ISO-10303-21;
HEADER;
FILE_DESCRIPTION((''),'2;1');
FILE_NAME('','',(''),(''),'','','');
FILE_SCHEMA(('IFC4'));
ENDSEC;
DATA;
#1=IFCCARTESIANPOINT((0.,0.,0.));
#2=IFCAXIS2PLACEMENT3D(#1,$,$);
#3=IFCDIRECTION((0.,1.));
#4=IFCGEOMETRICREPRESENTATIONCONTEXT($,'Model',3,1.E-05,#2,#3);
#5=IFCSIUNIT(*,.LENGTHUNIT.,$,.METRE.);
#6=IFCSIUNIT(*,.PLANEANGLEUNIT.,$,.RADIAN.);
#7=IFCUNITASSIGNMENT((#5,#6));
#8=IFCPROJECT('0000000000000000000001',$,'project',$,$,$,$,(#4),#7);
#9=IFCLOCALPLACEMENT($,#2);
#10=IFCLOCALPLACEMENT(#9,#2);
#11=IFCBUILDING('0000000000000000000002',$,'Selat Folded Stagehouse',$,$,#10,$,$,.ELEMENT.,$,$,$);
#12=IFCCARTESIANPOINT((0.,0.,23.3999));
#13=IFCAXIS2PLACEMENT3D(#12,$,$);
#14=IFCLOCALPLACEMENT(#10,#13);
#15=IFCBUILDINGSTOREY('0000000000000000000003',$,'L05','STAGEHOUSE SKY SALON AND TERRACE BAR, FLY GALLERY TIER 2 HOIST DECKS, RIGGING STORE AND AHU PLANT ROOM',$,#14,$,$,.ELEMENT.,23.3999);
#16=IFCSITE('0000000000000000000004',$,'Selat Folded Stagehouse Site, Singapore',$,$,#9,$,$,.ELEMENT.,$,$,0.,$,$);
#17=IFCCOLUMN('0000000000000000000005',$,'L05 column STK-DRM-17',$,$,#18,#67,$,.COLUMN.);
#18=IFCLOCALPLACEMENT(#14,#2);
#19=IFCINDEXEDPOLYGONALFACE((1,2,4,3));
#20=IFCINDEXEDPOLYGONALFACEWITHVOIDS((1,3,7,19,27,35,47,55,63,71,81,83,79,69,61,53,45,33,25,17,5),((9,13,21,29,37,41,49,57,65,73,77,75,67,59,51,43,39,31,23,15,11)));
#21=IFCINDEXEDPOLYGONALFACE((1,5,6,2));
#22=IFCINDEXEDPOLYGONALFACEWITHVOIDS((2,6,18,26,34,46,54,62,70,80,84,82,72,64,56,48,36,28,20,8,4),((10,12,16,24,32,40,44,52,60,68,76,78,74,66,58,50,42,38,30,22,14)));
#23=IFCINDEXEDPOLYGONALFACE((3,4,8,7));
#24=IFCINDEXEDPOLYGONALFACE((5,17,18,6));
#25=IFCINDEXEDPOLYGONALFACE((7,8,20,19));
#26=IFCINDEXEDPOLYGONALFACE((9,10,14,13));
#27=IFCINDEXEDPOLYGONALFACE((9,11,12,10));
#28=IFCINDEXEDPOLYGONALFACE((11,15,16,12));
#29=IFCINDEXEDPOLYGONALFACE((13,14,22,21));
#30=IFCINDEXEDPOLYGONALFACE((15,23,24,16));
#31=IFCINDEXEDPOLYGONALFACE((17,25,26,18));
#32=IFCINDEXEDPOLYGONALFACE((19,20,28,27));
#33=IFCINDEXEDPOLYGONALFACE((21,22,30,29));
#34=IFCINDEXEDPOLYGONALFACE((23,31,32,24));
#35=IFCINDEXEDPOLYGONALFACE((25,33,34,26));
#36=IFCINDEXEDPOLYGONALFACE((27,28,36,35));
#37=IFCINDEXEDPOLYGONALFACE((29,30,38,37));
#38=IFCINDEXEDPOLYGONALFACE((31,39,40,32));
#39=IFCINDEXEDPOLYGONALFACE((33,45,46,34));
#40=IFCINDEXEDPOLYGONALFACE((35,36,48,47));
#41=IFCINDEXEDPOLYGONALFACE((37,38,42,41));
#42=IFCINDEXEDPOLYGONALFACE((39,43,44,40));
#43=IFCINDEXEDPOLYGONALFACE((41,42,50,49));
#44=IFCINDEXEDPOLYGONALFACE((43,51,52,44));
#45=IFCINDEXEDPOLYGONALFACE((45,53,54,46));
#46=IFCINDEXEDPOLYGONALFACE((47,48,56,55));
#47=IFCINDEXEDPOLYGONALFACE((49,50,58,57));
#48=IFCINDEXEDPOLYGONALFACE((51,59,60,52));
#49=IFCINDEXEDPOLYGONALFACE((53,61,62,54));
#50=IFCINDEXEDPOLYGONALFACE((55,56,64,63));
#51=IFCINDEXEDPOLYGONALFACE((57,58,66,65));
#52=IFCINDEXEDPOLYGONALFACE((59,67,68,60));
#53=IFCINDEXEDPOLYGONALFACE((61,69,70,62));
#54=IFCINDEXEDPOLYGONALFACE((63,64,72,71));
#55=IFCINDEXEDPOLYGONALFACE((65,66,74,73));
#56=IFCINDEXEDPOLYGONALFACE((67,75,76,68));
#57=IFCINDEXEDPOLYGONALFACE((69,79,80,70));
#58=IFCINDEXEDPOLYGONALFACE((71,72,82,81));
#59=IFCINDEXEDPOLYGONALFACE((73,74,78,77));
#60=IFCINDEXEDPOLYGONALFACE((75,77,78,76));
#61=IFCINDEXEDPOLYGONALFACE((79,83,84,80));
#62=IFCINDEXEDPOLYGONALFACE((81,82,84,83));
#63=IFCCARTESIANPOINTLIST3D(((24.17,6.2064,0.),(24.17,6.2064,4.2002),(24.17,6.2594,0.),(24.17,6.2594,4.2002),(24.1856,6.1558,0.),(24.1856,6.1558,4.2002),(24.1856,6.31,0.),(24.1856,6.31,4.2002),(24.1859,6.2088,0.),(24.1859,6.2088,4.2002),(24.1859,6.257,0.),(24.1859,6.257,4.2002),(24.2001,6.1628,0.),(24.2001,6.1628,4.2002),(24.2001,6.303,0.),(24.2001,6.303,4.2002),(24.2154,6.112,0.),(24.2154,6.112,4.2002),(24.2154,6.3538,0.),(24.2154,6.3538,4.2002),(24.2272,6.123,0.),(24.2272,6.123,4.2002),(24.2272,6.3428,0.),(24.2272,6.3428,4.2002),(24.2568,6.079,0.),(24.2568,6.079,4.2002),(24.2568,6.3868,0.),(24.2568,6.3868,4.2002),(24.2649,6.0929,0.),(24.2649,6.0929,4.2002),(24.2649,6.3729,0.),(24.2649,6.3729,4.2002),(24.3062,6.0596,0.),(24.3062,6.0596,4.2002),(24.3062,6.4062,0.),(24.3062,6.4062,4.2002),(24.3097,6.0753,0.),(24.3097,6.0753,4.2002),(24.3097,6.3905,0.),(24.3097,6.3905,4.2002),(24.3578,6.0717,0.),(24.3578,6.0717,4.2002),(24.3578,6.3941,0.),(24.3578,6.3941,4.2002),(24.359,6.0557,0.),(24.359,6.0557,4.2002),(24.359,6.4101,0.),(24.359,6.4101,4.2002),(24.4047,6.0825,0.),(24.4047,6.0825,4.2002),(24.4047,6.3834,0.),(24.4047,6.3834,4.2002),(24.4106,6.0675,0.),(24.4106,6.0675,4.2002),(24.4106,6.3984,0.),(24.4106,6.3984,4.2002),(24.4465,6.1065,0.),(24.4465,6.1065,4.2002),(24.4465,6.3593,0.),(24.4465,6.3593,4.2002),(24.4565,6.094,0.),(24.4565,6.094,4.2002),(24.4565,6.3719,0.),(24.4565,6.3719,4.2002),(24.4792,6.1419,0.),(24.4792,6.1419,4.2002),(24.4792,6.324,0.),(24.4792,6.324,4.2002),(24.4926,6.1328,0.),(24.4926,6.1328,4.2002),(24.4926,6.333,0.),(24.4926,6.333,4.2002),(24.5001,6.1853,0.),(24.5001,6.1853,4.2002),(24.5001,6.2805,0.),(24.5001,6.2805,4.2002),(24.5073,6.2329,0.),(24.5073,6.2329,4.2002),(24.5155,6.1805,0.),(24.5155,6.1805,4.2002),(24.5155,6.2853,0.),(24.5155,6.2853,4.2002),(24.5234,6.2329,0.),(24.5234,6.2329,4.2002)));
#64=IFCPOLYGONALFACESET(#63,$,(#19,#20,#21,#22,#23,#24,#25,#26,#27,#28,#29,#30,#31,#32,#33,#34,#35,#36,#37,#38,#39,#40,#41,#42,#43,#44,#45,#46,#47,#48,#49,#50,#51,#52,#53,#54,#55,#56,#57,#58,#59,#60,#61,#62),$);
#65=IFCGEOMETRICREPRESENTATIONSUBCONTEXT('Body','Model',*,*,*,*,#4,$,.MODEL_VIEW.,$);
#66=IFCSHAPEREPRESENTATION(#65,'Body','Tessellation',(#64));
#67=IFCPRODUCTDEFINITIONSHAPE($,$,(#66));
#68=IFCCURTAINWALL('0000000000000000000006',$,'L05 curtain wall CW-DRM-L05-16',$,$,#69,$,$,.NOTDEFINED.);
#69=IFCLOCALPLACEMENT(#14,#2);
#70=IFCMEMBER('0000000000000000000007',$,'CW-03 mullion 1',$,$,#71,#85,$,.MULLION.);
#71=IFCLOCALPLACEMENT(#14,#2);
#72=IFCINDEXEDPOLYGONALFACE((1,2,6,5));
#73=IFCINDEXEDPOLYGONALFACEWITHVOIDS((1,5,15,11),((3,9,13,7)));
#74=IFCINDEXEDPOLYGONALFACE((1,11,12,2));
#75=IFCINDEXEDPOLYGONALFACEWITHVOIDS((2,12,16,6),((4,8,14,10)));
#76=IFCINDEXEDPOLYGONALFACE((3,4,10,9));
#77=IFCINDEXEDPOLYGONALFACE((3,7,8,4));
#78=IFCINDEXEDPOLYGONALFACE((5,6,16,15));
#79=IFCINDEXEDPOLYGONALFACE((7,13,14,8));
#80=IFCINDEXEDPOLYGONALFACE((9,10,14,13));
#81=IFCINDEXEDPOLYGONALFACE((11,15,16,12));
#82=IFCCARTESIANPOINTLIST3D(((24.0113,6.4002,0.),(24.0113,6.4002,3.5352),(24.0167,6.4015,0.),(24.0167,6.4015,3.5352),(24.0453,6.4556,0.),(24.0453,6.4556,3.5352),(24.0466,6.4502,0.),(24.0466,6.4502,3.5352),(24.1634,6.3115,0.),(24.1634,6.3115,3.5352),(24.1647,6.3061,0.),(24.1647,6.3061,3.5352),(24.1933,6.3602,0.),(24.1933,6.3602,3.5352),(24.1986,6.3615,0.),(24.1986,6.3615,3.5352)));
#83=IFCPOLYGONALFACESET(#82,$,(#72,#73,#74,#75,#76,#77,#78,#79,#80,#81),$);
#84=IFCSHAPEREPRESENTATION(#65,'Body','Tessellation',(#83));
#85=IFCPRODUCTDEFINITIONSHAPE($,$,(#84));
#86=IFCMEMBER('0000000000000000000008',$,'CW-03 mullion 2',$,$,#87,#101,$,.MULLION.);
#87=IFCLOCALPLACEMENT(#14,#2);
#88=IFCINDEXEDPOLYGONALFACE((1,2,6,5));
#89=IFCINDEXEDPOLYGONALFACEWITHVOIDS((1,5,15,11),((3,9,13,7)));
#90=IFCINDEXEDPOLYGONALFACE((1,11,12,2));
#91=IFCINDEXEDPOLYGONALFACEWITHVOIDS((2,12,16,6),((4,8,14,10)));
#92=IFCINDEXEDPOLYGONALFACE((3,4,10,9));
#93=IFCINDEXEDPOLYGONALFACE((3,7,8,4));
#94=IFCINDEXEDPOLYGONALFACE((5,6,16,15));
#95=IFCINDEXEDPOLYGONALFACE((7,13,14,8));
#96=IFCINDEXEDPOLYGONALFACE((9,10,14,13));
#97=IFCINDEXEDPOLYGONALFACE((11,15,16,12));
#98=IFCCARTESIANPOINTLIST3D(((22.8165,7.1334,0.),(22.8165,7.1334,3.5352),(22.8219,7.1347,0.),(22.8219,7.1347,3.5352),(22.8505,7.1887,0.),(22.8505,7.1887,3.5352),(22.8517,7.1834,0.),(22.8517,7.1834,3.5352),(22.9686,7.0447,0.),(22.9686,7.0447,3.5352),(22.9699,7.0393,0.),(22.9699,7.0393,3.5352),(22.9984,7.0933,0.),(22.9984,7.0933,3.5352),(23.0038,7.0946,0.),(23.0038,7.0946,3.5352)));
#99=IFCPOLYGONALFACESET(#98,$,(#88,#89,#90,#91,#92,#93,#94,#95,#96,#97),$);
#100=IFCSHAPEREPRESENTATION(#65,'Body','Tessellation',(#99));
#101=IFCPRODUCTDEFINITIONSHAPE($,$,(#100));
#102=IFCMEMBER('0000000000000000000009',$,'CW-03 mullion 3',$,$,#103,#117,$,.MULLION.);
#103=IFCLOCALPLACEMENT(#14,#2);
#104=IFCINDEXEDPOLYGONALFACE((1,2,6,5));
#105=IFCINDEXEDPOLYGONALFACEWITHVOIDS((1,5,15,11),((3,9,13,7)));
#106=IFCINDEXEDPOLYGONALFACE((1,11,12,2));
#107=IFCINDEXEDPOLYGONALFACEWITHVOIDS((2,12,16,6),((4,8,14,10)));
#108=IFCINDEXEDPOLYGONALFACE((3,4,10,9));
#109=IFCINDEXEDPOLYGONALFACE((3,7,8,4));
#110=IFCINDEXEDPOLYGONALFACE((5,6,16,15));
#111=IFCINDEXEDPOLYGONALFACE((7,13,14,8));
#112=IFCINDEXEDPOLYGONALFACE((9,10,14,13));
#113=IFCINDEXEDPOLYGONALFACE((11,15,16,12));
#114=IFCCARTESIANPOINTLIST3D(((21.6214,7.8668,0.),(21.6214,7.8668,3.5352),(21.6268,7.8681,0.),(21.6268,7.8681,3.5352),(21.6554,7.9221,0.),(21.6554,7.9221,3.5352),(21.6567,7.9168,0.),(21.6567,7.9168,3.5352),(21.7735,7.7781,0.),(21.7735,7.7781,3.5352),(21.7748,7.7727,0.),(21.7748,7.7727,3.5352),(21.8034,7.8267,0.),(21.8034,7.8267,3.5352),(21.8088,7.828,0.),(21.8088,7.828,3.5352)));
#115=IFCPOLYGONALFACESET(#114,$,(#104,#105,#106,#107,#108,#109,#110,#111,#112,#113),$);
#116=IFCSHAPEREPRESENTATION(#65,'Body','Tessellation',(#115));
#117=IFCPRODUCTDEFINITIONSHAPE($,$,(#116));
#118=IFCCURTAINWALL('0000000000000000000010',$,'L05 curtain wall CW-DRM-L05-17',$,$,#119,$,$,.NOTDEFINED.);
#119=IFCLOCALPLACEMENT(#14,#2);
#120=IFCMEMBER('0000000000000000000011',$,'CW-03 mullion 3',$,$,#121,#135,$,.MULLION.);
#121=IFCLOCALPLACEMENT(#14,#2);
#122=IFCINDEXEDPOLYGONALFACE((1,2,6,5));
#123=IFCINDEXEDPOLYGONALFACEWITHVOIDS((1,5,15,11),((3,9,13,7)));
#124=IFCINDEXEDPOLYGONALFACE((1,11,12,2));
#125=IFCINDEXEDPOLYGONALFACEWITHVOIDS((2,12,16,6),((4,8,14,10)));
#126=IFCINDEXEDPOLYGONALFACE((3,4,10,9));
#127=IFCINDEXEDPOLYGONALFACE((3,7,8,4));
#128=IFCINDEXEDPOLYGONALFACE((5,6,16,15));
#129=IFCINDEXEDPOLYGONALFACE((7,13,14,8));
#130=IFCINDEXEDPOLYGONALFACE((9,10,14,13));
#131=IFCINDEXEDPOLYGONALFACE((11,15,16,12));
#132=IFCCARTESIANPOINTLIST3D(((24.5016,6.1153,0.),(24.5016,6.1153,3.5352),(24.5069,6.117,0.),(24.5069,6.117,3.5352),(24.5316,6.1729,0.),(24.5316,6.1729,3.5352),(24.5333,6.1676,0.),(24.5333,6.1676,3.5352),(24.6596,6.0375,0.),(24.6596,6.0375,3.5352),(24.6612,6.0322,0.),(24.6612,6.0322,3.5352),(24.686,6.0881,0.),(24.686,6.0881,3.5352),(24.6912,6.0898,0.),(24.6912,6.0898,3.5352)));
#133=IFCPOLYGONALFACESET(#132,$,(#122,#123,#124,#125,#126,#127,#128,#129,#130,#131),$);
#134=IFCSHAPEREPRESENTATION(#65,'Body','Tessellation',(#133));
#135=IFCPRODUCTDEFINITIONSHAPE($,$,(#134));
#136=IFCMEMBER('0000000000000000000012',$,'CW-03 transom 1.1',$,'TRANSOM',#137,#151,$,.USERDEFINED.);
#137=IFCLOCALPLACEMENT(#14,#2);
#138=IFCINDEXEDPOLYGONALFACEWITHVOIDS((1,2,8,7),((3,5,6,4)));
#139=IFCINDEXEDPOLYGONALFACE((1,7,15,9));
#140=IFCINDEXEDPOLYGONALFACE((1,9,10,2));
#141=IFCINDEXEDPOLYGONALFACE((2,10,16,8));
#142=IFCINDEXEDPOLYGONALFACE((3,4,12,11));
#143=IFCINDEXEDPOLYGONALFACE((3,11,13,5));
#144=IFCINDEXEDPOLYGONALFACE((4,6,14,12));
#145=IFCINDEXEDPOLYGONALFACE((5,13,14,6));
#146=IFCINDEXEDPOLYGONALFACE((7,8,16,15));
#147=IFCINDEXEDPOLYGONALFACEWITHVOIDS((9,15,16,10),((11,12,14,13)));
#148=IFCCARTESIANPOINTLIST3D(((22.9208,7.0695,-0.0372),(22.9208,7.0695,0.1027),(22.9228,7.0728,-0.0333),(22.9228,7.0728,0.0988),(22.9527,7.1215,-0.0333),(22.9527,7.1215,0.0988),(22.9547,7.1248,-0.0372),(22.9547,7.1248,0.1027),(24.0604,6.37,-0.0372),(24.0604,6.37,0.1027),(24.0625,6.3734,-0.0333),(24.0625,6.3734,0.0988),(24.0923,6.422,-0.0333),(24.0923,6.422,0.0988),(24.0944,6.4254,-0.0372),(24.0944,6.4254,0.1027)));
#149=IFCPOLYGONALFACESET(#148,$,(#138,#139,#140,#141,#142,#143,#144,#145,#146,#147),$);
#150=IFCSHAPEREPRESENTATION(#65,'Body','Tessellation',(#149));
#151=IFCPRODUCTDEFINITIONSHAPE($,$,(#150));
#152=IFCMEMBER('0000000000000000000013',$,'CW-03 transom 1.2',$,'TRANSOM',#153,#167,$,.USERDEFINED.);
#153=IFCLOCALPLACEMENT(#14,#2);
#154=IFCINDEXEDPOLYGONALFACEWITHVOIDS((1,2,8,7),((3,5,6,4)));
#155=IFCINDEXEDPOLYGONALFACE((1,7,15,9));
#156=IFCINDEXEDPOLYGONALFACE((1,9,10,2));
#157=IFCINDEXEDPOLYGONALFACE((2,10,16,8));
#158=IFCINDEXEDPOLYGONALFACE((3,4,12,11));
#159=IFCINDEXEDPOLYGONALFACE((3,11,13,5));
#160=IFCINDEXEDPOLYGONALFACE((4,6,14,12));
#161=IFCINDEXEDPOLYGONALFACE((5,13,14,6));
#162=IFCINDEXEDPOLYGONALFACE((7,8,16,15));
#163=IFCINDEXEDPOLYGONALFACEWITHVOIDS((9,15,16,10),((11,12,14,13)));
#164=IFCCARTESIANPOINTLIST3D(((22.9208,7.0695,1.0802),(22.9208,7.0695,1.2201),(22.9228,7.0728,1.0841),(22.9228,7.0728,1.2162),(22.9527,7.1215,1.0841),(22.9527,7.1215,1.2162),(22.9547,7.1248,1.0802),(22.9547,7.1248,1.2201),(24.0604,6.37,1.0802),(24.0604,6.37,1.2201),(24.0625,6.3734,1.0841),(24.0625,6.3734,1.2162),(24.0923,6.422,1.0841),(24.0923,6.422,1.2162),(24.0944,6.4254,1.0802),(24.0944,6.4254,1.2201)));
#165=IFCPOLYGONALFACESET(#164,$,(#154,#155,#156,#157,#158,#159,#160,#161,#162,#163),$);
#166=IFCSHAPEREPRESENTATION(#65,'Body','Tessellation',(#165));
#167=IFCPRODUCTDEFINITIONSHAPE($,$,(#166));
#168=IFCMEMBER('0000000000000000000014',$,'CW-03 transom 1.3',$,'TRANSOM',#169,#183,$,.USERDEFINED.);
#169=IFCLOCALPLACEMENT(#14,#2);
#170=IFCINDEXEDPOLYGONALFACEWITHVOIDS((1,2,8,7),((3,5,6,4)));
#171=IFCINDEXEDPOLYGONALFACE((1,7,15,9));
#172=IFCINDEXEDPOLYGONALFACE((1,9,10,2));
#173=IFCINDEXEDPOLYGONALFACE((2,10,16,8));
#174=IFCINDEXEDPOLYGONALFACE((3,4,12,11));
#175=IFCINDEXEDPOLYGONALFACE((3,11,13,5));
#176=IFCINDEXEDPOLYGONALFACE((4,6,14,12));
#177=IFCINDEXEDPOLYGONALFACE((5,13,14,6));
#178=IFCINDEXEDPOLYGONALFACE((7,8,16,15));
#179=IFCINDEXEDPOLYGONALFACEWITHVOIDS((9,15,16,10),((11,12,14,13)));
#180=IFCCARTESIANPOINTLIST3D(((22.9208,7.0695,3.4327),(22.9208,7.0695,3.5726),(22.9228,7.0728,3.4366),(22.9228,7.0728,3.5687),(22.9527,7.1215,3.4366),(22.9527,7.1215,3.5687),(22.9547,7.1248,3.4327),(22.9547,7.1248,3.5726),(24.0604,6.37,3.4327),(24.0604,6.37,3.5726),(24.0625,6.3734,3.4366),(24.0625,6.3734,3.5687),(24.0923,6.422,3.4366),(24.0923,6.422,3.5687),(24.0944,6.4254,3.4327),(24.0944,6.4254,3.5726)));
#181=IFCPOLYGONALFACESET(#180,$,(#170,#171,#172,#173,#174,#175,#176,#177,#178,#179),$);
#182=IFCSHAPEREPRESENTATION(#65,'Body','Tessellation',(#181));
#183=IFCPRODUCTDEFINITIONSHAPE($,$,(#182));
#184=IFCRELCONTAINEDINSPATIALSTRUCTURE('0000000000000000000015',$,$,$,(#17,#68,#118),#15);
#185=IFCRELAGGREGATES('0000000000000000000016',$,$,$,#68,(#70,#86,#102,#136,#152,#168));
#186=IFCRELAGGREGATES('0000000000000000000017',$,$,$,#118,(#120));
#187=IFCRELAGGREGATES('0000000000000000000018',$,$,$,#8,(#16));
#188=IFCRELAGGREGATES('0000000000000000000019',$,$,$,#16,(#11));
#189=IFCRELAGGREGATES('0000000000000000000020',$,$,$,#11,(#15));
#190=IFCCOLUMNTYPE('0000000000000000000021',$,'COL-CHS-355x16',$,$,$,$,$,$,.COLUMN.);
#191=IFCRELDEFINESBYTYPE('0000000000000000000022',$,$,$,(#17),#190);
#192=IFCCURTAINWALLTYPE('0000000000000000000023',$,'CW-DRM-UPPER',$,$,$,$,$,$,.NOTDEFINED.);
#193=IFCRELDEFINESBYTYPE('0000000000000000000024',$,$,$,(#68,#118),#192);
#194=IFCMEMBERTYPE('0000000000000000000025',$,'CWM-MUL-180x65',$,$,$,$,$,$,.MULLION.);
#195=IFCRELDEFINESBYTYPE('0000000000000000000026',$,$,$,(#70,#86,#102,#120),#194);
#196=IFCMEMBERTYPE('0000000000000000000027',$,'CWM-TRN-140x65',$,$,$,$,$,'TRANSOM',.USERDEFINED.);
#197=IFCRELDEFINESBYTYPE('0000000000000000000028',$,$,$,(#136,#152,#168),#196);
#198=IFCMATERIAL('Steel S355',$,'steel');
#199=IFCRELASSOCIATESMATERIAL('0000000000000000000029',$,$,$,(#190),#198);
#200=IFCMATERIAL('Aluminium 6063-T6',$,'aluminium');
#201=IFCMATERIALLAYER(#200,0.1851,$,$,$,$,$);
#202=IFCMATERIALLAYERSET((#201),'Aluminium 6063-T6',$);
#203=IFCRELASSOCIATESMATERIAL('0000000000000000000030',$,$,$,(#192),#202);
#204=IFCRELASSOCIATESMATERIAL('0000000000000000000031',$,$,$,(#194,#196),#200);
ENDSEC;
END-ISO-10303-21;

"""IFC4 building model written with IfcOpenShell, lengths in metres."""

from ifc_helpers import new_model, si_unit, direction, frame, origin, origin_2d, place, context, subcontext, project, spatial, hollow_rectangle, hollow_circle, extrude, material, layer, layer_set, material_profile, profile_set, type_object, element, aggregate, save


model = new_model("IFC4")

# Units and contexts
model_context = context("Model", 3, precision=1e-05, world=origin(), true_north=direction((0.0, 1.0)))
body_context = subcontext(model_context, "Body", "Model", "MODEL_VIEW")
ifc_project = project(units=[si_unit("LENGTHUNIT", "METRE"), si_unit("PLANEANGLEUNIT", "RADIAN")], contexts=[model_context])

# Site, building, storey
site_placement = place(None, origin())
site = spatial("IfcSite", under=ifc_project, at=site_placement, Name="Selat Folded Stagehouse Site, Singapore", CompositionType="ELEMENT", RefElevation=0.0)
building_placement = place(site_placement, origin())
building = spatial("IfcBuilding", under=site, at=building_placement, Name="Selat Folded Stagehouse", CompositionType="ELEMENT")
storey_placement = place(building_placement, frame((0.0, 0.0, 23.3999)))
storey = spatial("IfcBuildingStorey", under=building, at=storey_placement, Name="L05", Description="STAGEHOUSE SKY SALON AND TERRACE BAR, FLY GALLERY TIER 2 HOIST DECKS, RIGGING STORE AND AHU PLANT ROOM", CompositionType="ELEMENT", Elevation=23.3999)

# Column
ifc_material_1 = material(Name="Steel S355", Category="steel")
ifc_material_profile_1 = material_profile(ifc_material_1, hollow_circle(Radius=0.1777, WallThickness=0.0161, at=origin_2d()), Name="CHS 355.6x16.0")
ifc_profile_set_1 = profile_set([ifc_material_profile_1], Name="Steel S355")
column_type = type_object("IfcColumnType", Name="COL-CHS-355x16", PredefinedType="COLUMN", material=ifc_profile_set_1)
column_placement = place(storey_placement, frame((24.3457, 6.2329, 0.0), z_axis=(0.0, 0.0, 1.0), x_axis=(1.0, 0.0, 0.0)))
element("IfcColumn", 1, at=column_placement, inside=storey, type_object=column_type, Name="L05 column STK-DRM-17", PredefinedType="COLUMN", context=body_context, shape_type="SweptSolid", body=[
    extrude(hollow_circle(Radius=0.1777, WallThickness=0.0161, at=origin_2d()), origin(), (0.0, 0.0, 1.0), 4.2002),
])

# Curtain wall, members
ifc_material_2 = material(Name="Aluminium 6063-T6", Category="aluminium")
ifc_layer_1 = layer(ifc_material_2, 0.1851)
ifc_layer_set_1 = layer_set([ifc_layer_1], Name="Aluminium 6063-T6")
curtain_wall_type = type_object("IfcCurtainWallType", Name="CW-DRM-UPPER", PredefinedType="NOTDEFINED", material=ifc_layer_set_1)
curtain_wall_1_placement = place(storey_placement, origin())
curtain_wall_1 = element("IfcCurtainWall", 2, at=curtain_wall_1_placement, inside=storey, type_object=curtain_wall_type, Name="L05 curtain wall CW-DRM-L05-16", PredefinedType="NOTDEFINED")
ifc_material_profile_2 = material_profile(ifc_material_2, hollow_rectangle(XDim=0.0649, YDim=0.1799, WallThickness=0.0039, at=origin_2d()), Name="ALU 180x65x4.0")
ifc_profile_set_2 = profile_set([ifc_material_profile_2], Name="Aluminium 6063-T6")
member_type_1 = type_object("IfcMemberType", Name="CWM-MUL-180x65", PredefinedType="MULLION", material=ifc_profile_set_2)
member_1_placement = place(storey_placement, frame((24.105, 6.3809, 0.0), z_axis=(0.0, 0.0, 1.0), x_axis=(-0.523025, -0.852317, 0.0)))
member_1 = element("IfcMember", 3, at=member_1_placement, type_object=member_type_1, Name="CW-03 mullion 1", PredefinedType="MULLION", context=body_context, shape_type="SweptSolid", body=[
    extrude(hollow_rectangle(XDim=0.0649, YDim=0.1799, WallThickness=0.0039, at=origin_2d()), origin(), (0.0, 0.0, 1.0), 3.5352),
])
member_2_placement = place(storey_placement, frame((22.9102, 7.114, 0.0), z_axis=(0.0, 0.0, 1.0), x_axis=(-0.523025, -0.852317, 0.0)))
member_2 = element("IfcMember", 4, at=member_2_placement, type_object=member_type_1, Name="CW-03 mullion 2", PredefinedType="MULLION", context=body_context, shape_type="SweptSolid", body=[
    extrude(hollow_rectangle(XDim=0.0649, YDim=0.1799, WallThickness=0.0039, at=origin_2d()), origin(), (0.0, 0.0, 1.0), 3.5352),
])
member_3_placement = place(storey_placement, frame((21.7151, 7.8474, 0.0), z_axis=(0.0, 0.0, 1.0), x_axis=(-0.523025, -0.852317, 0.0)))
member_3 = element("IfcMember", 5, at=member_3_placement, type_object=member_type_1, Name="CW-03 mullion 3", PredefinedType="MULLION", context=body_context, shape_type="SweptSolid", body=[
    extrude(hollow_rectangle(XDim=0.0649, YDim=0.1799, WallThickness=0.0039, at=origin_2d()), origin(), (0.0, 0.0, 1.0), 3.5352),
])

# Curtain wall, member
curtain_wall_2_placement = place(storey_placement, origin())
curtain_wall_2 = element("IfcCurtainWall", 6, at=curtain_wall_2_placement, inside=storey, type_object=curtain_wall_type, Name="L05 curtain wall CW-DRM-L05-17", PredefinedType="NOTDEFINED")
member_4_placement = place(storey_placement, frame((24.5964, 6.1025, 0.0), z_axis=(0.0, 0.0, 1.0), x_axis=(-0.461931, -0.886916, 0.0)))
member_4 = element("IfcMember", 7, at=member_4_placement, type_object=member_type_1, Name="CW-03 mullion 3", PredefinedType="MULLION", context=body_context, shape_type="SweptSolid", body=[
    extrude(hollow_rectangle(XDim=0.0649, YDim=0.1799, WallThickness=0.0039, at=origin_2d()), origin(), (0.0, 0.0, 1.0), 3.5352),
])

# Members
ifc_material_profile_3 = material_profile(ifc_material_2, hollow_rectangle(XDim=0.0649, YDim=0.1399, WallThickness=0.0039, at=origin_2d()), Name="ALU 140x65x4.0")
ifc_profile_set_3 = profile_set([ifc_material_profile_3], Name="Aluminium 6063-T6")
member_type_2 = type_object("IfcMemberType", Name="CWM-TRN-140x65", ElementType="TRANSOM", PredefinedType="USERDEFINED", material=ifc_profile_set_3)
member_5_placement = place(storey_placement, frame((24.0774, 6.3977, 0.0327), z_axis=(-0.852278, 0.523089, 0.0), x_axis=(-0.523089, -0.852278, 0.0)))
member_5 = element("IfcMember", 8, at=member_5_placement, type_object=member_type_2, Name="CW-03 transom 1.1", ObjectType="TRANSOM", PredefinedType="USERDEFINED", context=body_context, shape_type="SweptSolid", body=[
    extrude(hollow_rectangle(XDim=0.0649, YDim=0.1399, WallThickness=0.0039, at=origin_2d()), origin(), (0.0, 0.0, 1.0), 1.3372),
])
member_6_placement = place(storey_placement, frame((24.0774, 6.3977, 1.1501), z_axis=(-0.852278, 0.523089, 0.0), x_axis=(-0.523089, -0.852278, 0.0)))
member_6 = element("IfcMember", 9, at=member_6_placement, type_object=member_type_2, Name="CW-03 transom 1.2", ObjectType="TRANSOM", PredefinedType="USERDEFINED", context=body_context, shape_type="SweptSolid", body=[
    extrude(hollow_rectangle(XDim=0.0649, YDim=0.1399, WallThickness=0.0039, at=origin_2d()), origin(), (0.0, 0.0, 1.0), 1.3372),
])
member_7_placement = place(storey_placement, frame((24.0774, 6.3977, 3.5027), z_axis=(-0.852278, 0.523089, 0.0), x_axis=(-0.523089, -0.852278, 0.0)))
member_7 = element("IfcMember", 10, at=member_7_placement, type_object=member_type_2, Name="CW-03 transom 1.3", ObjectType="TRANSOM", PredefinedType="USERDEFINED", context=body_context, shape_type="SweptSolid", body=[
    extrude(hollow_rectangle(XDim=0.0649, YDim=0.1399, WallThickness=0.0039, at=origin_2d()), origin(), (0.0, 0.0, 1.0), 1.3372),
])

aggregate(curtain_wall_1, [member_1, member_2, member_3, member_5, member_6, member_7])
aggregate(curtain_wall_2, [member_4])

save(model, "model.ifc")
